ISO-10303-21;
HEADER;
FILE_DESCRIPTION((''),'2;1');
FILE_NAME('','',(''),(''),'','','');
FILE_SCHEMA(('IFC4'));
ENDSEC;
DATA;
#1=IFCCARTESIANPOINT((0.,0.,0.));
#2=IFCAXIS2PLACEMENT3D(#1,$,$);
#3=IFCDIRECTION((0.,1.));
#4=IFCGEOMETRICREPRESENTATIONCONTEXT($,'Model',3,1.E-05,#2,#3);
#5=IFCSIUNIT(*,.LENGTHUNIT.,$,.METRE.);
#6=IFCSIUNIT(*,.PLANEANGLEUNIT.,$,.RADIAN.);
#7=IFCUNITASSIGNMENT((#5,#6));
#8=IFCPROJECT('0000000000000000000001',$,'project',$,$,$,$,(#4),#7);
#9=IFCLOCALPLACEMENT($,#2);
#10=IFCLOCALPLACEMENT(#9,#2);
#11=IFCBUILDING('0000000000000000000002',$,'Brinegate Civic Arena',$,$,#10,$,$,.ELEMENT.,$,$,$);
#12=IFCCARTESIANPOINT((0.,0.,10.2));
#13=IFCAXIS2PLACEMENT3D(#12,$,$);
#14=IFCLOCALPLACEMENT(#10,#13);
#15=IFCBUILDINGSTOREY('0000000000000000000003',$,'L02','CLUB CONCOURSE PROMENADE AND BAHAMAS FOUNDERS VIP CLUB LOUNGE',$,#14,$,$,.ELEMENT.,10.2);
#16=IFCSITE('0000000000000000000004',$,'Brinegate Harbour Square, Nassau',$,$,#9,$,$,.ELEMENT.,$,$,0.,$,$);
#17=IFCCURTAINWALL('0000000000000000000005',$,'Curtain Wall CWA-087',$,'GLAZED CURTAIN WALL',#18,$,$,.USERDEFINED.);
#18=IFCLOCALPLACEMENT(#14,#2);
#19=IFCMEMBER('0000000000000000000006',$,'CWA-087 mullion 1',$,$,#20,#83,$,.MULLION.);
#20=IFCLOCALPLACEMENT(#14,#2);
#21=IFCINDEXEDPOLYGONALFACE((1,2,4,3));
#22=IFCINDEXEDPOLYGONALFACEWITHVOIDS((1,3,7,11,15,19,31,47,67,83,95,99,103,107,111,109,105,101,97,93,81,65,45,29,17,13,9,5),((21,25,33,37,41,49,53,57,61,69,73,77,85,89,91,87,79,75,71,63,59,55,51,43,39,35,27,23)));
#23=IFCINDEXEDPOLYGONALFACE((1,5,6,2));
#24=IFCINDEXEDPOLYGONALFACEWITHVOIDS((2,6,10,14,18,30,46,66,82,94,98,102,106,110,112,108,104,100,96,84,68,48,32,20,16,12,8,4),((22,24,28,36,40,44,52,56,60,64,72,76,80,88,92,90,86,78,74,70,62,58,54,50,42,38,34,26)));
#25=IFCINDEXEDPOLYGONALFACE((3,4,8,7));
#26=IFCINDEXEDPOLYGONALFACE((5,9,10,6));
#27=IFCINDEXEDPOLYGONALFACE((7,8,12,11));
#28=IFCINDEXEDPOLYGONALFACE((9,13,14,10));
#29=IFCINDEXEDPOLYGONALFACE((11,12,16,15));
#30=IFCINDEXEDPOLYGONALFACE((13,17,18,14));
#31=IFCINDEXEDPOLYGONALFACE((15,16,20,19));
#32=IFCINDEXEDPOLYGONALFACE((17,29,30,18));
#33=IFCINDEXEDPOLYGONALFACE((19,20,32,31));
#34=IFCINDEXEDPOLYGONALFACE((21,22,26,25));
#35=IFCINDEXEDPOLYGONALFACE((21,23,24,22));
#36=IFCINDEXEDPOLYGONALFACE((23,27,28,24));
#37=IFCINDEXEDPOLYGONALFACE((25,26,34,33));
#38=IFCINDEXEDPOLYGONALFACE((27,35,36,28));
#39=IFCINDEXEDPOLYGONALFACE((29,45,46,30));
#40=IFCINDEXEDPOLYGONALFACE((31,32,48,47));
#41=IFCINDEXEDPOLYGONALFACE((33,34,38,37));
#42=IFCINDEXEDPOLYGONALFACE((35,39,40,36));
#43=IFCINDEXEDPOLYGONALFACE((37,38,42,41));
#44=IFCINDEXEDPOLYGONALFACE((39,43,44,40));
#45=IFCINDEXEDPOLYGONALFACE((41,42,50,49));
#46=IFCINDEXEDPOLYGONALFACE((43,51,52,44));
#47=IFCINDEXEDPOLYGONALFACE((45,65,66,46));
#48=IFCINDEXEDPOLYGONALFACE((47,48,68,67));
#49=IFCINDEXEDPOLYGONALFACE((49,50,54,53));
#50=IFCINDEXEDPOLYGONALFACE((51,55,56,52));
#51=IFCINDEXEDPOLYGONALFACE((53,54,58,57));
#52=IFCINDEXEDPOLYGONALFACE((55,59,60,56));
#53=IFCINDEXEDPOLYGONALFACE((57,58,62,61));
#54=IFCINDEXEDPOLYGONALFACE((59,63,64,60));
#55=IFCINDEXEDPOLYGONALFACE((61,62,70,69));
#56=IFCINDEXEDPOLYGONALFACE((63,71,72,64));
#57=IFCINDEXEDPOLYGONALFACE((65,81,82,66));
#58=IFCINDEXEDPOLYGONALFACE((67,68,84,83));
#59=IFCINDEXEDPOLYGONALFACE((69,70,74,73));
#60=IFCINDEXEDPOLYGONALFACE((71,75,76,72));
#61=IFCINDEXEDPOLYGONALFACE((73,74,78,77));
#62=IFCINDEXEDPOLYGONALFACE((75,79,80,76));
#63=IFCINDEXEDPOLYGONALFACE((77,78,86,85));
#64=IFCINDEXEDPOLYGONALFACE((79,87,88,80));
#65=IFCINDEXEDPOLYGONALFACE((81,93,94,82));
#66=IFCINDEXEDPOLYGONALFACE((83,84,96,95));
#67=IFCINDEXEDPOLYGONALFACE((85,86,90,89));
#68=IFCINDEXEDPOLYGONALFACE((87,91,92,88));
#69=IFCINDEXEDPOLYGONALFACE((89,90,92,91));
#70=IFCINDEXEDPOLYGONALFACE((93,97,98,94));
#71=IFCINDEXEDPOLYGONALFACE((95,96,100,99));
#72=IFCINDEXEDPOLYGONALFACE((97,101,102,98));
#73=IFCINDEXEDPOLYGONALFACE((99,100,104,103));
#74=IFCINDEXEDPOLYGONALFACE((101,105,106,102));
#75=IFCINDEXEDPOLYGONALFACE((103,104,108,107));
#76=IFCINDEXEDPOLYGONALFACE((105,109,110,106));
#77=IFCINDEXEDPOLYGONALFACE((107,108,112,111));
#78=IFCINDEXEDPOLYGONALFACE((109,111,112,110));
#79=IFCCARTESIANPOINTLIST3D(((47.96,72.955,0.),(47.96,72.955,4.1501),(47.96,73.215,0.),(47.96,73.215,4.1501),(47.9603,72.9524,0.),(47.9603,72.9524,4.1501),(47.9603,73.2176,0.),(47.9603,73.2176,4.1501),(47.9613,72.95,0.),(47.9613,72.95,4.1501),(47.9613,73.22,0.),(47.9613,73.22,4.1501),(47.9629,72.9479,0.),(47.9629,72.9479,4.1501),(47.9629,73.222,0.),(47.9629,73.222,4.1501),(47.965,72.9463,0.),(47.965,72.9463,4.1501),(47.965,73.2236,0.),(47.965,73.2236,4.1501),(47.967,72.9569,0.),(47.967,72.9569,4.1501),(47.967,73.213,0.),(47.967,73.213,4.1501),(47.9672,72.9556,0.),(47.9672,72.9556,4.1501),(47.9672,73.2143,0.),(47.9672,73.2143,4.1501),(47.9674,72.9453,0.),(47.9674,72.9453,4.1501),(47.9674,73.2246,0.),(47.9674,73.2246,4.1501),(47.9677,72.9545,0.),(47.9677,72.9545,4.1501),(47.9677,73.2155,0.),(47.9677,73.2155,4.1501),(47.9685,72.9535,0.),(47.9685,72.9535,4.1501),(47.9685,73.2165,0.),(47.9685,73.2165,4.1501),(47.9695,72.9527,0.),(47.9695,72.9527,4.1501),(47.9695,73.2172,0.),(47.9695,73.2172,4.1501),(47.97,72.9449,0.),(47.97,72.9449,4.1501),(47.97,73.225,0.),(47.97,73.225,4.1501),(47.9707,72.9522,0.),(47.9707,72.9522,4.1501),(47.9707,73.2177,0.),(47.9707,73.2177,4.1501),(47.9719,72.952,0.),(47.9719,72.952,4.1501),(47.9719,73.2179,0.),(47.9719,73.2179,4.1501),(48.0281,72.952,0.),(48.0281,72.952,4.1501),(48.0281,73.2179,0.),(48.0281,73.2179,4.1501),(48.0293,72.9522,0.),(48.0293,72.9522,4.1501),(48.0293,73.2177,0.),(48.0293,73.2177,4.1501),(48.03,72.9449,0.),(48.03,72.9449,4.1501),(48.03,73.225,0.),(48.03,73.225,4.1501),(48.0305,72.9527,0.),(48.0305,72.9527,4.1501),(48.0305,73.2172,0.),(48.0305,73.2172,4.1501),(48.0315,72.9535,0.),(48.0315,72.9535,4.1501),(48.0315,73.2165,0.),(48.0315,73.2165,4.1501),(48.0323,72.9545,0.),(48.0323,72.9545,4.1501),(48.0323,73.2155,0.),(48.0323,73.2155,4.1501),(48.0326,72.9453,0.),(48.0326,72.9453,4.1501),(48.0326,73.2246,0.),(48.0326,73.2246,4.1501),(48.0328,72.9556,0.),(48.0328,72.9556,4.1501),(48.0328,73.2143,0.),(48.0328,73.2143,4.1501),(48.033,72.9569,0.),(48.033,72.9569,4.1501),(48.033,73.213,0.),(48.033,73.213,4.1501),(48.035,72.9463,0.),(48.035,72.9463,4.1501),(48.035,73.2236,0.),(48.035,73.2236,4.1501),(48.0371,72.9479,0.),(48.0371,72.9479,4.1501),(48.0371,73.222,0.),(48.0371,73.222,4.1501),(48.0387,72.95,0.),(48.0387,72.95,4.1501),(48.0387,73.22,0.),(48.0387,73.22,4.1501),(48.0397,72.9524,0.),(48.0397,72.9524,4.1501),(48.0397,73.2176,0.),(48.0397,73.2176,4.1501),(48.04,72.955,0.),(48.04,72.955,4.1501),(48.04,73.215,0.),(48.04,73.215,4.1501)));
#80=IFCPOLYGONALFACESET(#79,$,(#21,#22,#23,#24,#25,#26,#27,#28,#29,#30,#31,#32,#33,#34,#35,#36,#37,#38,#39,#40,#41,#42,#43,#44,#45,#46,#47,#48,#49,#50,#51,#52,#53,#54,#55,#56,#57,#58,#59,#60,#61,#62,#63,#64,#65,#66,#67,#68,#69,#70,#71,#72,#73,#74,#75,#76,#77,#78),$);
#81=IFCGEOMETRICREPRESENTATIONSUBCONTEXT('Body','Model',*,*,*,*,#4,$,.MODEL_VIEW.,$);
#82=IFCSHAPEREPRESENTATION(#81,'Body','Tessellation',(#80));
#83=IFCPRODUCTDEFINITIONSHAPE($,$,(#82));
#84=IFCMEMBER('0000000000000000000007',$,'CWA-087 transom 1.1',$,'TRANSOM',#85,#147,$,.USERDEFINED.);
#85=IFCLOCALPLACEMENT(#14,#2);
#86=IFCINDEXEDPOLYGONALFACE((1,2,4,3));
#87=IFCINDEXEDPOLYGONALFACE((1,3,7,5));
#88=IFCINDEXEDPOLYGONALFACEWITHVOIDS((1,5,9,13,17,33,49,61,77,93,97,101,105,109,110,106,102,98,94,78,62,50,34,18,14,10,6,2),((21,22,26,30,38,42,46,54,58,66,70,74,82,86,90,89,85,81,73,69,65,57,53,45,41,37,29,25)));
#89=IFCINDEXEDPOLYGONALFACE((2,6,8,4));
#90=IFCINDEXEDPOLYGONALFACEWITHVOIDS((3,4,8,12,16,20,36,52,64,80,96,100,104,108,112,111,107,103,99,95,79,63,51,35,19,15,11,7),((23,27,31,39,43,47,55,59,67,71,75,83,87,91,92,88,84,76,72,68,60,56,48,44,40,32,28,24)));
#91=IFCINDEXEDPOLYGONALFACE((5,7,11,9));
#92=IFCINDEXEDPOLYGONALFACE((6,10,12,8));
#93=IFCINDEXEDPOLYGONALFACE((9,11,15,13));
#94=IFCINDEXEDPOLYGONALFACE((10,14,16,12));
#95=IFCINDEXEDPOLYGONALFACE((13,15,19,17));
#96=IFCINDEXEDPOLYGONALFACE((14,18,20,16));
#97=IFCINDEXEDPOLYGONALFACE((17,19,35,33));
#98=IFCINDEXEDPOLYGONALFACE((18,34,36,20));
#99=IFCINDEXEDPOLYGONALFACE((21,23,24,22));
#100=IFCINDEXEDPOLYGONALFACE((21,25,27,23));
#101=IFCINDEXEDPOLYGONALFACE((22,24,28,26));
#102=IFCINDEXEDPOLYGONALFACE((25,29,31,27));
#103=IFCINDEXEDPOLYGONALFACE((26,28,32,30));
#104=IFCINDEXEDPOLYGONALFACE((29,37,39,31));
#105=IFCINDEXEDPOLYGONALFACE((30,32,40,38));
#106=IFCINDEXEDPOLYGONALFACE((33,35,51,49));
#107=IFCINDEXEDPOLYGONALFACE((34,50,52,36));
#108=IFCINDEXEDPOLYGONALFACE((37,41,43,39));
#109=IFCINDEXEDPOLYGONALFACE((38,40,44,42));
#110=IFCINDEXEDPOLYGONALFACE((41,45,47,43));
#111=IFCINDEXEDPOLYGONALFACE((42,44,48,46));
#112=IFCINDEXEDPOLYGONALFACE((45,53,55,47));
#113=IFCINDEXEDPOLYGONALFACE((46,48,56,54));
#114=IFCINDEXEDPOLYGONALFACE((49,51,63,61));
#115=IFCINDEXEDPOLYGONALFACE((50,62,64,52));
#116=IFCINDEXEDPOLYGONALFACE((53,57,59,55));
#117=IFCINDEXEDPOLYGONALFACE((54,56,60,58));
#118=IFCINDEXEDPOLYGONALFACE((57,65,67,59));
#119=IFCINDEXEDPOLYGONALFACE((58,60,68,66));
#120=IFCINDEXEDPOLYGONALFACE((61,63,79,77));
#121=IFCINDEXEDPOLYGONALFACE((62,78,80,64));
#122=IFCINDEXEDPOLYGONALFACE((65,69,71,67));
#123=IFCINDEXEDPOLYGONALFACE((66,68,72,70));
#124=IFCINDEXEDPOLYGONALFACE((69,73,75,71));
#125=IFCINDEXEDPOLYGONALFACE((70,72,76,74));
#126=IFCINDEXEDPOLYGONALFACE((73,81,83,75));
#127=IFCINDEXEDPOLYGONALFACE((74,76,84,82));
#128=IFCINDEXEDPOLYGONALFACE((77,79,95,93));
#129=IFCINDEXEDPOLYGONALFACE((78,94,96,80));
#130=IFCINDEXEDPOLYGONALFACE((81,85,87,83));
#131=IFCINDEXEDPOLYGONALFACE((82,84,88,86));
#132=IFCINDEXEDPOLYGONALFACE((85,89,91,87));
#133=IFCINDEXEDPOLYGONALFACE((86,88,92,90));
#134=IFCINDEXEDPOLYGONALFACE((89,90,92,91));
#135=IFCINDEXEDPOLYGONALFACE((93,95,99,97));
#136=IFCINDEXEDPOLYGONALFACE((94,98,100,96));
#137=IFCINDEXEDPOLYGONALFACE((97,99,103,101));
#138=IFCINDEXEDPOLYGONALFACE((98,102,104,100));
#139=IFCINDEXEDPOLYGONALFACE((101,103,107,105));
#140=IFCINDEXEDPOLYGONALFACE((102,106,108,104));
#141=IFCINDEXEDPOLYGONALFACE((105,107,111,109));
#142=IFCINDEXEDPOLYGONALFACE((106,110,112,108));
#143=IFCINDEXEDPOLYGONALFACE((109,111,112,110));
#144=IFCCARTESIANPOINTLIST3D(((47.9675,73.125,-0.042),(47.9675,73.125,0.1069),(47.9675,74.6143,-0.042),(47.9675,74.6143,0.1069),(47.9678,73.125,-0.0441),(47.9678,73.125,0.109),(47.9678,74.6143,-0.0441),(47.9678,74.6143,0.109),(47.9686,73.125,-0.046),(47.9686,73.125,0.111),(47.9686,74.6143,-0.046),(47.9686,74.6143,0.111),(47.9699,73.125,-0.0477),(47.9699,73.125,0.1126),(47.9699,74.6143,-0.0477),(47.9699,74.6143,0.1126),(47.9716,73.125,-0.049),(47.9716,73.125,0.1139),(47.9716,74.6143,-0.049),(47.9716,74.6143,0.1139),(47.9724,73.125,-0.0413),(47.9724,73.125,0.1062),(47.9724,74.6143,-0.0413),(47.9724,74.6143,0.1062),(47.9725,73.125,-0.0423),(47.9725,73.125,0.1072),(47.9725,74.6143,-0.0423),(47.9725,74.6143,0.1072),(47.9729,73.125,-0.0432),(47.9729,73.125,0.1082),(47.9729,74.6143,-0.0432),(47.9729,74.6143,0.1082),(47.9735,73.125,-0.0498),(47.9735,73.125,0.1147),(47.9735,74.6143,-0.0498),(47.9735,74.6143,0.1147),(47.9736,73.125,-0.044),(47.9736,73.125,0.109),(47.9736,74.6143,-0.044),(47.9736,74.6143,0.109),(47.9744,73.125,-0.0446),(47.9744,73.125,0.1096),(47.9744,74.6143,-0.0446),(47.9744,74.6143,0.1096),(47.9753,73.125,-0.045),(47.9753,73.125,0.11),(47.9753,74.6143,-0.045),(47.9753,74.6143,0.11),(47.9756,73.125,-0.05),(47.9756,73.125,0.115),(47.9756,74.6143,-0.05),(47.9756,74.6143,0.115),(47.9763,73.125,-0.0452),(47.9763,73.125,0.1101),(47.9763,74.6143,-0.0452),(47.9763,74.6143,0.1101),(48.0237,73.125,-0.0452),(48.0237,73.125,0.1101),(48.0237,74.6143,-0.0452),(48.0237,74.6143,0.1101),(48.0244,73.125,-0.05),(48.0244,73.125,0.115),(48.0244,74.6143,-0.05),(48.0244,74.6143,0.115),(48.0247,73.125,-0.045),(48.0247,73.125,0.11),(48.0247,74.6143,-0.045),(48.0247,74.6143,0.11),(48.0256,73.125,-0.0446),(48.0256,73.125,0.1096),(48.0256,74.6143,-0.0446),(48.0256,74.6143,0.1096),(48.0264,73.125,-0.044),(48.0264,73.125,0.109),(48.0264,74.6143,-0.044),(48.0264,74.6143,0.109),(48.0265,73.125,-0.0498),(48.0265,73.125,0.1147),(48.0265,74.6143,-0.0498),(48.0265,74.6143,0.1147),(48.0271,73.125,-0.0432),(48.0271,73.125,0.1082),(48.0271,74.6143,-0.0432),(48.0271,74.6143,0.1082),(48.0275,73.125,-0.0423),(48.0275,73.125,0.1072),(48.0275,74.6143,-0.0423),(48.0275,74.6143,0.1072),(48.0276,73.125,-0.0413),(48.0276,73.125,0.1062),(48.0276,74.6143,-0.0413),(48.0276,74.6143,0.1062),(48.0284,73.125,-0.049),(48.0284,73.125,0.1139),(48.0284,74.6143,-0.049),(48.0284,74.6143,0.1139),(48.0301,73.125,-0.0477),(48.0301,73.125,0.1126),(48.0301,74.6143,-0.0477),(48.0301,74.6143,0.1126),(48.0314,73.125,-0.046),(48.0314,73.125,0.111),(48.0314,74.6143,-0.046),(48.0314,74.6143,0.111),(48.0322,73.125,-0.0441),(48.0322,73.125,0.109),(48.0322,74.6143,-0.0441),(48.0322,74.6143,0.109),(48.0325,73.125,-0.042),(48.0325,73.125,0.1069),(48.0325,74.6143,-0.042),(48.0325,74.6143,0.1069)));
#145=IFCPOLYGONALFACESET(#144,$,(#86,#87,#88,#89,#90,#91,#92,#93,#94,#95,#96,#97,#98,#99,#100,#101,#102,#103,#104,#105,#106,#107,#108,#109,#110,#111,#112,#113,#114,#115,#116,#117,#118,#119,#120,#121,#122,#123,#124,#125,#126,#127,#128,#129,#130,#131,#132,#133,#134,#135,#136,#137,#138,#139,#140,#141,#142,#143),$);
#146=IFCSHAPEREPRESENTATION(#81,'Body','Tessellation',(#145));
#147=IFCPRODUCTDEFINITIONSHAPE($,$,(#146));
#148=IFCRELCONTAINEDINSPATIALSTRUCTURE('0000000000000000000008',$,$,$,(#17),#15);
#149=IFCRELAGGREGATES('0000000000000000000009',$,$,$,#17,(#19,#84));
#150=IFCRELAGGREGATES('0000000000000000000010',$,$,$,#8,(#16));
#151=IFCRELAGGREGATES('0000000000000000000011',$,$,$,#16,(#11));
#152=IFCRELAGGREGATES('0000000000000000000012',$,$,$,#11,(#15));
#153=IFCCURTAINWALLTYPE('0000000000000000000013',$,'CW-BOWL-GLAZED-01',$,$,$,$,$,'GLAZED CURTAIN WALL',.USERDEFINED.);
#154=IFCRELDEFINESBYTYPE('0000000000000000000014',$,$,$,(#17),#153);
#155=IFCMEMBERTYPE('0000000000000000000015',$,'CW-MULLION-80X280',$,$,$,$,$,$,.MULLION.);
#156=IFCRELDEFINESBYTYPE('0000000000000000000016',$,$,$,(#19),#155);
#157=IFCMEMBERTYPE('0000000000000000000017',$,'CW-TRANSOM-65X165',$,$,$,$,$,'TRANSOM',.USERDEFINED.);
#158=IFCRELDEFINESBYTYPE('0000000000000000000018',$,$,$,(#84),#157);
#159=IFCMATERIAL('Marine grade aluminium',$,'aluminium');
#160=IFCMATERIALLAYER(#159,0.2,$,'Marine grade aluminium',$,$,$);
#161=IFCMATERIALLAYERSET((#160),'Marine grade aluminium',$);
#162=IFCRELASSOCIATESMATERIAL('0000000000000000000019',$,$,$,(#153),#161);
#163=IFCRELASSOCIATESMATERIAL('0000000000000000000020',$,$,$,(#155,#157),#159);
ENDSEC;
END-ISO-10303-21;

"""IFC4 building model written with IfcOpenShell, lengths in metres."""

from ifc_helpers import new_model, si_unit, direction, frame, origin, origin_2d, place, context, subcontext, project, spatial, hollow_rectangle, extrude, material, layer, layer_set, material_profile, profile_set, type_object, element, aggregate, save


model = new_model("IFC4")

# Units and contexts
model_context = context("Model", 3, precision=1e-05, world=origin(), true_north=direction((0.0, 1.0)))
body_context = subcontext(model_context, "Body", "Model", "MODEL_VIEW")
ifc_project = project(units=[si_unit("LENGTHUNIT", "METRE"), si_unit("PLANEANGLEUNIT", "RADIAN")], contexts=[model_context])

# Site, building, storey
site_placement = place(None, origin())
site = spatial("IfcSite", under=ifc_project, at=site_placement, Name="Brinegate Harbour Square, Nassau", CompositionType="ELEMENT", RefElevation=0.0)
building_placement = place(site_placement, origin())
building = spatial("IfcBuilding", under=site, at=building_placement, Name="Brinegate Civic Arena", CompositionType="ELEMENT")
storey_placement = place(building_placement, frame((0.0, 0.0, 10.2)))
storey = spatial("IfcBuildingStorey", under=building, at=storey_placement, Name="L02", Description="CLUB CONCOURSE PROMENADE AND BAHAMAS FOUNDERS VIP CLUB LOUNGE", CompositionType="ELEMENT", Elevation=10.2)

# Curtain wall, members
ifc_material_1 = material(Name="Marine grade aluminium", Category="aluminium")
ifc_layer_1 = layer(ifc_material_1, 0.2, Name="Marine grade aluminium")
ifc_layer_set_1 = layer_set([ifc_layer_1], Name="Marine grade aluminium")
curtain_wall_type = type_object("IfcCurtainWallType", Name="CW-BOWL-GLAZED-01", ElementType="GLAZED CURTAIN WALL", PredefinedType="USERDEFINED", material=ifc_layer_set_1)
curtain_wall_1_placement = place(storey_placement, origin())
curtain_wall_1 = element("IfcCurtainWall", 1, at=curtain_wall_1_placement, inside=storey, type_object=curtain_wall_type, Name="Curtain Wall CWA-087", ObjectType="GLAZED CURTAIN WALL", PredefinedType="USERDEFINED")
ifc_material_profile_1 = material_profile(ifc_material_1, hollow_rectangle(XDim=0.0801, YDim=0.28, WallThickness=0.0071, InnerFilletRadius=0.0049, OuterFilletRadius=0.01, at=origin_2d()), Name="MUL80X280")
ifc_profile_set_1 = profile_set([ifc_material_profile_1], Name="Marine grade aluminium")
member_type_1 = type_object("IfcMemberType", Name="CW-MULLION-80X280", PredefinedType="MULLION", material=ifc_profile_set_1)
member_1_placement = place(storey_placement, frame((48.0, 73.085, 0.0), z_axis=(0.0, 0.0, 1.0), x_axis=(-1.0, 0.0, 0.0)))
member_1 = element("IfcMember", 2, at=member_1_placement, type_object=member_type_1, Name="CWA-087 mullion 1", PredefinedType="MULLION", context=body_context, shape_type="SweptSolid", body=[
    extrude(hollow_rectangle(XDim=0.0801, YDim=0.28, WallThickness=0.0071, InnerFilletRadius=0.0049, OuterFilletRadius=0.01, at=origin_2d()), origin(), (0.0, 0.0, 1.0), 4.1501),
])
ifc_material_profile_2 = material_profile(ifc_material_1, hollow_rectangle(XDim=0.0649, YDim=0.165, WallThickness=0.0049, InnerFilletRadius=0.0039, OuterFilletRadius=0.0081, at=origin_2d()), Name="TRN65X165")
ifc_profile_set_2 = profile_set([ifc_material_profile_2], Name="Marine grade aluminium")
member_type_2 = type_object("IfcMemberType", Name="CW-TRANSOM-65X165", ElementType="TRANSOM", PredefinedType="USERDEFINED", material=ifc_profile_set_2)
member_2_placement = place(storey_placement, frame((48.0, 73.125, 0.0325), z_axis=(0.0, 1.0, 0.0), x_axis=(-1.0, 0.0, 0.0)))
member_2 = element("IfcMember", 3, at=member_2_placement, type_object=member_type_2, Name="CWA-087 transom 1.1", ObjectType="TRANSOM", PredefinedType="USERDEFINED", context=body_context, shape_type="SweptSolid", body=[
    extrude(hollow_rectangle(XDim=0.0649, YDim=0.165, WallThickness=0.0049, InnerFilletRadius=0.0039, OuterFilletRadius=0.0081, at=origin_2d()), origin(), (0.0, 0.0, 1.0), 1.4893),
])
aggregate(curtain_wall_1, [member_1, member_2])

save(model, "model.ifc")
